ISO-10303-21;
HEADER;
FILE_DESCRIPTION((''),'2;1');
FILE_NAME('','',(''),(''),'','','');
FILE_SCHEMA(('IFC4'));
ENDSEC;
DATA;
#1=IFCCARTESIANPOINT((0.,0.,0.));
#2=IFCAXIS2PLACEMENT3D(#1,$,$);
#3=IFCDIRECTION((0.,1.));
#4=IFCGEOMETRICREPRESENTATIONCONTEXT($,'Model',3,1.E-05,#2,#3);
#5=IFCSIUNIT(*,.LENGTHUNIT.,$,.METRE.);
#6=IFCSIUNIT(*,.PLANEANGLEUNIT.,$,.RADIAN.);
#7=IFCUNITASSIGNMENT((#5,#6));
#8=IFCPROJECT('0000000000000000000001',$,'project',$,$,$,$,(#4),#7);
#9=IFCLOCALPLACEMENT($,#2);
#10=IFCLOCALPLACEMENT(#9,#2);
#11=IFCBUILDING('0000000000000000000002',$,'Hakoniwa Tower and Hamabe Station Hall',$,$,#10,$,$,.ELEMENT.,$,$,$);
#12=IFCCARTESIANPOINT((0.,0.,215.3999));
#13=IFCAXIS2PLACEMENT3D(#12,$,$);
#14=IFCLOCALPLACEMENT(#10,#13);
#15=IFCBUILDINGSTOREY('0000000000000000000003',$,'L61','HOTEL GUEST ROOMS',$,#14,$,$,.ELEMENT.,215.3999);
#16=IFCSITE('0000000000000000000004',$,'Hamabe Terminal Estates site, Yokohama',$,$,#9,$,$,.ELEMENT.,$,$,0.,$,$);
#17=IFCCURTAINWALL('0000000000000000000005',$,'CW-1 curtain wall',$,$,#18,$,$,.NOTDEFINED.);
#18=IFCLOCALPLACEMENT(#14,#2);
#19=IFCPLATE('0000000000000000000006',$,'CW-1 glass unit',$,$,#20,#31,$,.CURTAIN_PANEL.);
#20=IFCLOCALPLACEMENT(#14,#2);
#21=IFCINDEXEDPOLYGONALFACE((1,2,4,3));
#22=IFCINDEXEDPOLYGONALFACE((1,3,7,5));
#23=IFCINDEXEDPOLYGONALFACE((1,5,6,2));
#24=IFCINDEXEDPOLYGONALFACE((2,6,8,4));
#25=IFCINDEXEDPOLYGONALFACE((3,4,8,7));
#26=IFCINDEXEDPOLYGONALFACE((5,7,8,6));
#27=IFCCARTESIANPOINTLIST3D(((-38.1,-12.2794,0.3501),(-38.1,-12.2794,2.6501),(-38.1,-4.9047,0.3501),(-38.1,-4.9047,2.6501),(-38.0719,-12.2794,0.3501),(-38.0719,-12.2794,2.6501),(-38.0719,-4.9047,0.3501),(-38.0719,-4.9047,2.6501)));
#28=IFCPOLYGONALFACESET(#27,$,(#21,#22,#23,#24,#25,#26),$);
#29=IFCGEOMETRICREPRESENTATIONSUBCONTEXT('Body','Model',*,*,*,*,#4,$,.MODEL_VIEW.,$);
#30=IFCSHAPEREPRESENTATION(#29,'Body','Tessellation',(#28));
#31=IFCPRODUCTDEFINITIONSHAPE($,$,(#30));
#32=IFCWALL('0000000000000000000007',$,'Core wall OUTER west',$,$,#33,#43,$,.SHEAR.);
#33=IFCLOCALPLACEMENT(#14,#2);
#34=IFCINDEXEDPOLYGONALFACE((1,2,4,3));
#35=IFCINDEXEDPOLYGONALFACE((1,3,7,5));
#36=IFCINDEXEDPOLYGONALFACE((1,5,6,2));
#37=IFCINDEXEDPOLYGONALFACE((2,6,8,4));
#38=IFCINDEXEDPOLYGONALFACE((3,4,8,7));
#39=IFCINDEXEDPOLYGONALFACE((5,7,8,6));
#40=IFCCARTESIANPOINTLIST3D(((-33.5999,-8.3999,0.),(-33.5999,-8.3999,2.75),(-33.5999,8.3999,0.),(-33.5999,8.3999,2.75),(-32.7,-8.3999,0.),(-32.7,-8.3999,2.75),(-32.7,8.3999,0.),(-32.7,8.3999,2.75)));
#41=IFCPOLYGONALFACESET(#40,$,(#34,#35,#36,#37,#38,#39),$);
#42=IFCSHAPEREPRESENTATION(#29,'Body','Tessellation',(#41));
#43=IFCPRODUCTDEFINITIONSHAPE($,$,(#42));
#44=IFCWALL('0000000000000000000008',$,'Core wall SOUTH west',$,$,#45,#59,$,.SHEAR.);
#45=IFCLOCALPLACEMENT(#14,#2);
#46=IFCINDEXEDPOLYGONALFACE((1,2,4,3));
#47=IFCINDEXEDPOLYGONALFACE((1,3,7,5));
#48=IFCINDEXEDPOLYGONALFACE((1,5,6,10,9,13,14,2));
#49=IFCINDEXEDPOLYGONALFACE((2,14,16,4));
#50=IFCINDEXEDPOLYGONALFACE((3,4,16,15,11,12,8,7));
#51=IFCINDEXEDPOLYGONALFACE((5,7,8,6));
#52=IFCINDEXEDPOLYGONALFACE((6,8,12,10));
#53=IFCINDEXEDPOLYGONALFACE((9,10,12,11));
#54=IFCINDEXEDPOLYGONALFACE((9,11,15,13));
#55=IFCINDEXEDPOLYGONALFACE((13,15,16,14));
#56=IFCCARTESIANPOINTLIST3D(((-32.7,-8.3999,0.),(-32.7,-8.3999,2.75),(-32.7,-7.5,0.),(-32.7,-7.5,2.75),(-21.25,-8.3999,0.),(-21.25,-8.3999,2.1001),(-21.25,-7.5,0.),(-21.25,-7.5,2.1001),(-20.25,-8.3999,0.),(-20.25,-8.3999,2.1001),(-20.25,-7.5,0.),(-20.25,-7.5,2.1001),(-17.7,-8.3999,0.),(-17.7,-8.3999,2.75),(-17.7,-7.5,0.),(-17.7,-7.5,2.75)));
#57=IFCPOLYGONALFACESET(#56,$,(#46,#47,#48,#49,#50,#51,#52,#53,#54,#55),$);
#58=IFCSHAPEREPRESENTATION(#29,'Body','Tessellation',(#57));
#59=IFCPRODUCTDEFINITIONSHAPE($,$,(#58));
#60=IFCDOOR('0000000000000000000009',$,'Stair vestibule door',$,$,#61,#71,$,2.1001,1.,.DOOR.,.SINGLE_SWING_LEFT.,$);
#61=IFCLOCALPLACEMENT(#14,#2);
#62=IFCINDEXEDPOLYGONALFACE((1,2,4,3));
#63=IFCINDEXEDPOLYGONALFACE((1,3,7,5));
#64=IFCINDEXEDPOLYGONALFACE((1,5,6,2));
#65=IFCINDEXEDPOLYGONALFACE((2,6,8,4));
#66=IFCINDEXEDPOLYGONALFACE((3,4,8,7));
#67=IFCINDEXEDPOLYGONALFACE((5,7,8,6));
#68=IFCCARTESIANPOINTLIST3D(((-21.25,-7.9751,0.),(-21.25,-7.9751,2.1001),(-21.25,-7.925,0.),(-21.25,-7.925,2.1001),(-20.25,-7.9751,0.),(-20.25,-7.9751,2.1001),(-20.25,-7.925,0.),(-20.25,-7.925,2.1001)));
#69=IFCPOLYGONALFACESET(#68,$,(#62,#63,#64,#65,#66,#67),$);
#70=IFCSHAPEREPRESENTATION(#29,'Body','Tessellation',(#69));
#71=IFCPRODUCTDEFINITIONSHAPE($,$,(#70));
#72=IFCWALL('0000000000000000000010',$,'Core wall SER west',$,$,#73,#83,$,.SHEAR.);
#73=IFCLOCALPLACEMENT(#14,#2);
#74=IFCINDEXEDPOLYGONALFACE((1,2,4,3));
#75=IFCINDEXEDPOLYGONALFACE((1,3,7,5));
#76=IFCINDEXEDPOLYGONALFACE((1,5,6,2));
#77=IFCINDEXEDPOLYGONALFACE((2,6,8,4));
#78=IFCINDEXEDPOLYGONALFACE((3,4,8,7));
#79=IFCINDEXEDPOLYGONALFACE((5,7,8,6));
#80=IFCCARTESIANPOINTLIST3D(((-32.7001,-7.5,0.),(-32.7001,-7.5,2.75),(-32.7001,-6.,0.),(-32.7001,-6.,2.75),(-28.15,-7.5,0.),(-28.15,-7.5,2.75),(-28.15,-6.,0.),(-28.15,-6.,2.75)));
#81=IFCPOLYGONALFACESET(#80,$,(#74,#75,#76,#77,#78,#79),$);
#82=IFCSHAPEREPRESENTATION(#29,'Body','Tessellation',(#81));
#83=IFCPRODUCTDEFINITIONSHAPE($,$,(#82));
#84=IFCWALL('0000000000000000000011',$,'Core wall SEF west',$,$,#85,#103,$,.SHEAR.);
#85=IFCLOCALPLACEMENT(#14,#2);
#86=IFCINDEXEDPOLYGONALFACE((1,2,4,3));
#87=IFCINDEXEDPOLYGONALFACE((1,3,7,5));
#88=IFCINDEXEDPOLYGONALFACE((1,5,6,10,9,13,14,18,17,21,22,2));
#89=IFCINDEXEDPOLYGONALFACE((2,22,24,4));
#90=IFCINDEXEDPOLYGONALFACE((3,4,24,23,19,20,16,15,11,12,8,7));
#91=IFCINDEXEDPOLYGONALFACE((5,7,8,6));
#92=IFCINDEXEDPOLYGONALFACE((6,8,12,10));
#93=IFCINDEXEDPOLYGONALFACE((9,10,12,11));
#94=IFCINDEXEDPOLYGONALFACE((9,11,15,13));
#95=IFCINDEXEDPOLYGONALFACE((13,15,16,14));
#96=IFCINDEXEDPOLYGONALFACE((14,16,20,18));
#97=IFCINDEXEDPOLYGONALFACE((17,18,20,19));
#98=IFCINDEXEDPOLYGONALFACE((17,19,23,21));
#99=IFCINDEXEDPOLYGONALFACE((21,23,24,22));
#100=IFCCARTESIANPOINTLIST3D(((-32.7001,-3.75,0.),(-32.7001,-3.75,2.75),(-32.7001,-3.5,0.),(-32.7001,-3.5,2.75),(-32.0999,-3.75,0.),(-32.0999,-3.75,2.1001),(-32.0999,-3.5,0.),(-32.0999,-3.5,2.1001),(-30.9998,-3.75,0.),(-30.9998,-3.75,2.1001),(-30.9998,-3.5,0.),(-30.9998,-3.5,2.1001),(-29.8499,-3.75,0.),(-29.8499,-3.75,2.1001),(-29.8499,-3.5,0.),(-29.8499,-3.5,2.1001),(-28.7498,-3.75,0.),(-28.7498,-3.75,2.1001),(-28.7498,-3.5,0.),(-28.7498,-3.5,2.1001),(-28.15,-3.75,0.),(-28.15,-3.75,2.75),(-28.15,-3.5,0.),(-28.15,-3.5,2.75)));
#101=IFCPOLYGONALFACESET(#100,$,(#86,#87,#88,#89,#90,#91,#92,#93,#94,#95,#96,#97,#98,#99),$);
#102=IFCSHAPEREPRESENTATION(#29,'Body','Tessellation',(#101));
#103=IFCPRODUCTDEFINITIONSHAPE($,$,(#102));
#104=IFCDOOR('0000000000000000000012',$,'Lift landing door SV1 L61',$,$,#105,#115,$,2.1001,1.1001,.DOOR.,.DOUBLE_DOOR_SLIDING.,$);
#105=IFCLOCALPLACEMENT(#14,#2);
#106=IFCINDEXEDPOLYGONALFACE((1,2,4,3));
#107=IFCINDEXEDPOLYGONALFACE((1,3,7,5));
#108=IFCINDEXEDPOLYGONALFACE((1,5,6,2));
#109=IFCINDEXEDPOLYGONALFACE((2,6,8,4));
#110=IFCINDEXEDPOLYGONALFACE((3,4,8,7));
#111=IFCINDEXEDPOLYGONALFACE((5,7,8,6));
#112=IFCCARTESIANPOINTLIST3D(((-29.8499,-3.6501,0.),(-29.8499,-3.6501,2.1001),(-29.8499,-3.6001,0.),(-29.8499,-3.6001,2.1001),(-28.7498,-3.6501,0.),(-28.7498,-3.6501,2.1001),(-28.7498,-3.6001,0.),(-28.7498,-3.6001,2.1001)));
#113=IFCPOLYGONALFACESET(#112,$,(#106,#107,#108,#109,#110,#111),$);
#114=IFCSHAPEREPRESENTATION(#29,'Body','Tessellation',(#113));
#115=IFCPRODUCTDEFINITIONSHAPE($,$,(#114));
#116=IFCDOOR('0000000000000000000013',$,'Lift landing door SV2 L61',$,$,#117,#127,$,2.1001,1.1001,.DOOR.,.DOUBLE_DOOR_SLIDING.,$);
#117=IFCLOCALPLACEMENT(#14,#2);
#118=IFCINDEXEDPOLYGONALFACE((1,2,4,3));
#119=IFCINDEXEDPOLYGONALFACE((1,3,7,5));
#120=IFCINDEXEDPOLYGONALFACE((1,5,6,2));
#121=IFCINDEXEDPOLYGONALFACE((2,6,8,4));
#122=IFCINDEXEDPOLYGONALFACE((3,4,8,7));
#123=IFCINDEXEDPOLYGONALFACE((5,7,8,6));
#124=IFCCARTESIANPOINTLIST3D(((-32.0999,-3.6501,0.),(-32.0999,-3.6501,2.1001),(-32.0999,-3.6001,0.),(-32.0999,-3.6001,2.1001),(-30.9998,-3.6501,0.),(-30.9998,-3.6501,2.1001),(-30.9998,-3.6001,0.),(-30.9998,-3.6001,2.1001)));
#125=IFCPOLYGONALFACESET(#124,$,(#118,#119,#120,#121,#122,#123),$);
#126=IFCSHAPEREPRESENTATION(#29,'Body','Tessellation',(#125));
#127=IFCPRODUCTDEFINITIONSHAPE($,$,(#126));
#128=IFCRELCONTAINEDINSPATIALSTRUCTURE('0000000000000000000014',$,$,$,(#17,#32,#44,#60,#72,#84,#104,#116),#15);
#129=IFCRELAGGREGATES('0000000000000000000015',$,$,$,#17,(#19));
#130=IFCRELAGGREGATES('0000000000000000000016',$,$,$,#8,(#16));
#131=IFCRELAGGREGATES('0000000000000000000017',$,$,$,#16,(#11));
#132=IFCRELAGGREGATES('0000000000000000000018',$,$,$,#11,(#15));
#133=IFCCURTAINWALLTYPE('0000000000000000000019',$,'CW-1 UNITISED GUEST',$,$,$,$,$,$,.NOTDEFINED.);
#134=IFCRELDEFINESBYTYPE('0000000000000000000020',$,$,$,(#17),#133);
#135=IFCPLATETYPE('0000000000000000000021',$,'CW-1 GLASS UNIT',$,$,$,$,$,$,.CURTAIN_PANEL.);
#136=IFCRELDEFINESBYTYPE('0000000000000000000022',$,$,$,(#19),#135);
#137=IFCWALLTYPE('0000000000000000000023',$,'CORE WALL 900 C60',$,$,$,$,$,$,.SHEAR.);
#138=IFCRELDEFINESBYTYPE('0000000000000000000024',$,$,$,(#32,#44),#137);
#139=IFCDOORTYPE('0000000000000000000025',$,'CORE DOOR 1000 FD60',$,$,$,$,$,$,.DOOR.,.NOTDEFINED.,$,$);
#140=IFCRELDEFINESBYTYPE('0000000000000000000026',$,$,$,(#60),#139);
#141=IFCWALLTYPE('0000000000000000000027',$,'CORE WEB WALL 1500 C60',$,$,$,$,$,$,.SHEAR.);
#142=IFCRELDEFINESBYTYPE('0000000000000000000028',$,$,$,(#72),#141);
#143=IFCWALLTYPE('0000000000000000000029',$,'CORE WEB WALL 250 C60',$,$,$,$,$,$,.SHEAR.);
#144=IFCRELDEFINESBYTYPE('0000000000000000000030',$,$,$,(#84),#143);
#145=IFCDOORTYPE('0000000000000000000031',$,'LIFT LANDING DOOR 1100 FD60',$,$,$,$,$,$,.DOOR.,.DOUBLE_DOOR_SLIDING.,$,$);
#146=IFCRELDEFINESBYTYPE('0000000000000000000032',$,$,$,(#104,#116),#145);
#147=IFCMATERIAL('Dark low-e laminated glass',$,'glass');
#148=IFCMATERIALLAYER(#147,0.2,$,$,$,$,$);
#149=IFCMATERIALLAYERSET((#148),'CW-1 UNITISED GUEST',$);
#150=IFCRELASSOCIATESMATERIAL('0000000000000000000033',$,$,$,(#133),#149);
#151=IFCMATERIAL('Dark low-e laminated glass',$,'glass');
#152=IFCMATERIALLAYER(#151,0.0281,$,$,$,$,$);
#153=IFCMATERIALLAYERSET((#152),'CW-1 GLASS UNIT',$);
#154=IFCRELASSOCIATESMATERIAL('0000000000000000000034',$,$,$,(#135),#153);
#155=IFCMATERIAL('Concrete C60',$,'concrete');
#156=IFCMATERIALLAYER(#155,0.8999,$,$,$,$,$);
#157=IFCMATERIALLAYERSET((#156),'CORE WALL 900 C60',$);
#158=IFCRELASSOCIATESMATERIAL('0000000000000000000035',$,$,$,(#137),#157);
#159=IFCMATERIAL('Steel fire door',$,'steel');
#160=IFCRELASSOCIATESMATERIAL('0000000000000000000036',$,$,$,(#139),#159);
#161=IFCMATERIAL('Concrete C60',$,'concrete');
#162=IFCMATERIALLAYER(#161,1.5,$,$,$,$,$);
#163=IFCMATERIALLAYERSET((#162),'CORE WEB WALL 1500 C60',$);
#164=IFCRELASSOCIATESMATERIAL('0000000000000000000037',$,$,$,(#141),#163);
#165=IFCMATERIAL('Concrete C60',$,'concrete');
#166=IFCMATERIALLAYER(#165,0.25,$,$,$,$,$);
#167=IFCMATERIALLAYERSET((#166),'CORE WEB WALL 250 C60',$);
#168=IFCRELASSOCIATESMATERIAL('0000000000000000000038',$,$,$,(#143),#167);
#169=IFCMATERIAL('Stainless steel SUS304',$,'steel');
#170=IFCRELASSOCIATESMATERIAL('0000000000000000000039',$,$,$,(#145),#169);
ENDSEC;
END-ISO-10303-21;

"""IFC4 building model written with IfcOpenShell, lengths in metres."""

from ifc_helpers import new_model, si_unit, direction, frame, frame_2d, origin, origin_2d, place, context, subcontext, project, spatial, rectangle, extrude, material, layer, layer_set, type_object, element, fill, aggregate, save


model = new_model("IFC4")

# Units and contexts
model_context = context("Model", 3, precision=1e-05, world=origin(), true_north=direction((0.0, 1.0)))
body_context = subcontext(model_context, "Body", "Model", "MODEL_VIEW")
ifc_project = project(units=[si_unit("LENGTHUNIT", "METRE"), si_unit("PLANEANGLEUNIT", "RADIAN")], contexts=[model_context])

# Site, building, storey
site_placement = place(None, origin())
site = spatial("IfcSite", under=ifc_project, at=site_placement, Name="Hamabe Terminal Estates site, Yokohama", CompositionType="ELEMENT", RefElevation=0.0)
building_placement = place(site_placement, origin())
building = spatial("IfcBuilding", under=site, at=building_placement, Name="Hakoniwa Tower and Hamabe Station Hall", CompositionType="ELEMENT")
storey_placement = place(building_placement, frame((0.0, 0.0, 215.3999)))
storey = spatial("IfcBuildingStorey", under=building, at=storey_placement, Name="L61", Description="HOTEL GUEST ROOMS", CompositionType="ELEMENT", Elevation=215.3999)

# Curtain wall
ifc_material_1 = material(Name="Dark low-e laminated glass", Category="glass")
ifc_layer_1 = layer(ifc_material_1, 0.2)
ifc_layer_set_1 = layer_set([ifc_layer_1], Name="CW-1 UNITISED GUEST")
curtain_wall_type = type_object("IfcCurtainWallType", Name="CW-1 UNITISED GUEST", PredefinedType="NOTDEFINED", material=ifc_layer_set_1)
curtain_wall_1_placement = place(storey_placement, origin())
curtain_wall_1 = element("IfcCurtainWall", 1, at=curtain_wall_1_placement, inside=storey, type_object=curtain_wall_type, Name="CW-1 curtain wall", PredefinedType="NOTDEFINED")

# Plate
ifc_material_2 = material(Name="Dark low-e laminated glass", Category="glass")
ifc_layer_2 = layer(ifc_material_2, 0.0281)
ifc_layer_set_2 = layer_set([ifc_layer_2], Name="CW-1 GLASS UNIT")
plate_type = type_object("IfcPlateType", Name="CW-1 GLASS UNIT", PredefinedType="CURTAIN_PANEL", material=ifc_layer_set_2)
plate_1_placement = place(storey_placement, frame((-38.0859, -8.592, 0.3501), z_axis=(0.0, 0.0, 1.0), x_axis=(0.0, -1.0, 0.0)))
plate_1 = element("IfcPlate", 2, at=plate_1_placement, type_object=plate_type, Name="CW-1 glass unit", PredefinedType="CURTAIN_PANEL", context=body_context, shape_type="SweptSolid", body=[
    extrude(rectangle(XDim=7.3748, YDim=0.0281, at=origin_2d()), origin(), (0.0, 0.0, 1.0), 2.3),
])
aggregate(curtain_wall_1, [plate_1])

# Wall
ifc_material_3 = material(Name="Concrete C60", Category="concrete")
ifc_layer_3 = layer(ifc_material_3, 0.8999)
ifc_layer_set_3 = layer_set([ifc_layer_3], Name="CORE WALL 900 C60")
wall_type_1 = type_object("IfcWallType", Name="CORE WALL 900 C60", PredefinedType="SHEAR", material=ifc_layer_set_3)
wall_1_placement = place(storey_placement, frame((-33.1499, -8.3999, 0.0), z_axis=(0.0, 0.0, 1.0), x_axis=(0.0, 1.0, 0.0)))
element("IfcWall", 3, at=wall_1_placement, inside=storey, type_object=wall_type_1, Name="Core wall OUTER west", PredefinedType="SHEAR", context=body_context, shape_type="SweptSolid", body=[
    extrude(rectangle(XDim=16.7998, YDim=0.8999, at=frame_2d((8.3999, 0.0))), origin(), (0.0, 0.0, 1.0), 2.75),
])

# Wall, opening, door
wall_2_placement = place(storey_placement, frame((-32.7, -7.95, 0.0), z_axis=(0.0, 0.0, 1.0), x_axis=(1.0, 0.0, 0.0)))
wall_2 = element("IfcWall", 4, at=wall_2_placement, inside=storey, type_object=wall_type_1, Name="Core wall SOUTH west", PredefinedType="SHEAR", context=body_context, shape_type="SweptSolid", body=[
    extrude(rectangle(XDim=15.0, YDim=0.8999, at=frame_2d((7.5, 0.0))), origin(), (0.0, 0.0, 1.0), 2.75),
])
opening_1_placement = place(wall_2_placement, frame((11.45, 0.0, 0.0)))
opening_1 = element("IfcOpeningElement", 5, at=opening_1_placement, cuts=wall_2, PredefinedType="OPENING", context=body_context, shape_type="SweptSolid", body=[
    extrude(rectangle(XDim=1.0, YDim=2.1001, at=frame_2d((0.5, 1.05))), frame((0.0, 0.46, 0.0), z_axis=(0.0, -1.0, 0.0), x_axis=(1.0, 0.0, 0.0)), (0.0, 0.0, 1.0), 0.9199),
])
ifc_material_4 = material(Name="Steel fire door", Category="steel")
door_type_1 = type_object("IfcDoorType", Name="CORE DOOR 1000 FD60", OperationType="NOTDEFINED", PredefinedType="DOOR", material=ifc_material_4)
door_1_placement = place(opening_1_placement, origin())
door_1 = element("IfcDoor", 6, at=door_1_placement, inside=storey, type_object=door_type_1, Name="Stair vestibule door", OperationType="SINGLE_SWING_LEFT", OverallHeight=2.1001, OverallWidth=1.0, PredefinedType="DOOR", context=body_context, shape_type="SweptSolid", body=[
    extrude(rectangle(XDim=1.0, YDim=2.1001, at=frame_2d((0.5, 1.05))), frame((0.0, 0.0249, 0.0), z_axis=(0.0, -1.0, 0.0), x_axis=(1.0, 0.0, 0.0)), (0.0, 0.0, 1.0), 0.05),
])
fill(opening_1, door_1)

# Wall
ifc_material_5 = material(Name="Concrete C60", Category="concrete")
ifc_layer_4 = layer(ifc_material_5, 1.5)
ifc_layer_set_4 = layer_set([ifc_layer_4], Name="CORE WEB WALL 1500 C60")
wall_type_2 = type_object("IfcWallType", Name="CORE WEB WALL 1500 C60", PredefinedType="SHEAR", material=ifc_layer_set_4)
wall_3_placement = place(storey_placement, frame((-32.7, -6.75, 0.0), z_axis=(0.0, 0.0, 1.0), x_axis=(1.0, 0.0, 0.0)))
element("IfcWall", 7, at=wall_3_placement, inside=storey, type_object=wall_type_2, Name="Core wall SER west", PredefinedType="SHEAR", context=body_context, shape_type="SweptSolid", body=[
    extrude(rectangle(XDim=4.55, YDim=1.5, at=frame_2d((2.2749, 0.0))), origin(), (0.0, 0.0, 1.0), 2.75),
])

# Wall, openings, doors
ifc_material_6 = material(Name="Concrete C60", Category="concrete")
ifc_layer_5 = layer(ifc_material_6, 0.25)
ifc_layer_set_5 = layer_set([ifc_layer_5], Name="CORE WEB WALL 250 C60")
wall_type_3 = type_object("IfcWallType", Name="CORE WEB WALL 250 C60", PredefinedType="SHEAR", material=ifc_layer_set_5)
wall_4_placement = place(storey_placement, frame((-32.7, -3.625, 0.0), z_axis=(0.0, 0.0, 1.0), x_axis=(1.0, 0.0, 0.0)))
wall_4 = element("IfcWall", 8, at=wall_4_placement, inside=storey, type_object=wall_type_3, Name="Core wall SEF west", PredefinedType="SHEAR", context=body_context, shape_type="SweptSolid", body=[
    extrude(rectangle(XDim=4.55, YDim=0.25, at=frame_2d((2.2749, 0.0))), origin(), (0.0, 0.0, 1.0), 2.75),
])
opening_2_placement = place(wall_4_placement, frame((2.8501, 0.0, 0.0)))
opening_2 = element("IfcOpeningElement", 9, at=opening_2_placement, cuts=wall_4, PredefinedType="OPENING", context=body_context, shape_type="SweptSolid", body=[
    extrude(rectangle(XDim=1.1001, YDim=2.1001, at=frame_2d((0.55, 1.05))), frame((0.0, 0.135, 0.0), z_axis=(0.0, -1.0, 0.0), x_axis=(1.0, 0.0, 0.0)), (0.0, 0.0, 1.0), 0.27),
])
opening_3_placement = place(wall_4_placement, frame((0.6001, 0.0, 0.0)))
opening_3 = element("IfcOpeningElement", 10, at=opening_3_placement, cuts=wall_4, PredefinedType="OPENING", context=body_context, shape_type="SweptSolid", body=[
    extrude(rectangle(XDim=1.1001, YDim=2.1001, at=frame_2d((0.55, 1.05))), frame((0.0, 0.135, 0.0), z_axis=(0.0, -1.0, 0.0), x_axis=(1.0, 0.0, 0.0)), (0.0, 0.0, 1.0), 0.27),
])
ifc_material_7 = material(Name="Stainless steel SUS304", Category="steel")
door_type_2 = type_object("IfcDoorType", Name="LIFT LANDING DOOR 1100 FD60", OperationType="DOUBLE_DOOR_SLIDING", PredefinedType="DOOR", material=ifc_material_7)
door_2_placement = place(opening_2_placement, origin())
door_2 = element("IfcDoor", 11, at=door_2_placement, inside=storey, type_object=door_type_2, Name="Lift landing door SV1 L61", OperationType="DOUBLE_DOOR_SLIDING", OverallHeight=2.1001, OverallWidth=1.1001, PredefinedType="DOOR", context=body_context, shape_type="SweptSolid", body=[
    extrude(rectangle(XDim=1.1001, YDim=2.1001, at=frame_2d((0.55, 1.05))), frame((0.0, 0.0249, 0.0), z_axis=(0.0, -1.0, 0.0), x_axis=(1.0, 0.0, 0.0)), (0.0, 0.0, 1.0), 0.05),
])
fill(opening_2, door_2)
door_3_placement = place(opening_3_placement, origin())
door_3 = element("IfcDoor", 12, at=door_3_placement, inside=storey, type_object=door_type_2, Name="Lift landing door SV2 L61", OperationType="DOUBLE_DOOR_SLIDING", OverallHeight=2.1001, OverallWidth=1.1001, PredefinedType="DOOR", context=body_context, shape_type="SweptSolid", body=[
    extrude(rectangle(XDim=1.1001, YDim=2.1001, at=frame_2d((0.55, 1.05))), frame((0.0, 0.0249, 0.0), z_axis=(0.0, -1.0, 0.0), x_axis=(1.0, 0.0, 0.0)), (0.0, 0.0, 1.0), 0.05),
])
fill(opening_3, door_3)

save(model, "model.ifc")
